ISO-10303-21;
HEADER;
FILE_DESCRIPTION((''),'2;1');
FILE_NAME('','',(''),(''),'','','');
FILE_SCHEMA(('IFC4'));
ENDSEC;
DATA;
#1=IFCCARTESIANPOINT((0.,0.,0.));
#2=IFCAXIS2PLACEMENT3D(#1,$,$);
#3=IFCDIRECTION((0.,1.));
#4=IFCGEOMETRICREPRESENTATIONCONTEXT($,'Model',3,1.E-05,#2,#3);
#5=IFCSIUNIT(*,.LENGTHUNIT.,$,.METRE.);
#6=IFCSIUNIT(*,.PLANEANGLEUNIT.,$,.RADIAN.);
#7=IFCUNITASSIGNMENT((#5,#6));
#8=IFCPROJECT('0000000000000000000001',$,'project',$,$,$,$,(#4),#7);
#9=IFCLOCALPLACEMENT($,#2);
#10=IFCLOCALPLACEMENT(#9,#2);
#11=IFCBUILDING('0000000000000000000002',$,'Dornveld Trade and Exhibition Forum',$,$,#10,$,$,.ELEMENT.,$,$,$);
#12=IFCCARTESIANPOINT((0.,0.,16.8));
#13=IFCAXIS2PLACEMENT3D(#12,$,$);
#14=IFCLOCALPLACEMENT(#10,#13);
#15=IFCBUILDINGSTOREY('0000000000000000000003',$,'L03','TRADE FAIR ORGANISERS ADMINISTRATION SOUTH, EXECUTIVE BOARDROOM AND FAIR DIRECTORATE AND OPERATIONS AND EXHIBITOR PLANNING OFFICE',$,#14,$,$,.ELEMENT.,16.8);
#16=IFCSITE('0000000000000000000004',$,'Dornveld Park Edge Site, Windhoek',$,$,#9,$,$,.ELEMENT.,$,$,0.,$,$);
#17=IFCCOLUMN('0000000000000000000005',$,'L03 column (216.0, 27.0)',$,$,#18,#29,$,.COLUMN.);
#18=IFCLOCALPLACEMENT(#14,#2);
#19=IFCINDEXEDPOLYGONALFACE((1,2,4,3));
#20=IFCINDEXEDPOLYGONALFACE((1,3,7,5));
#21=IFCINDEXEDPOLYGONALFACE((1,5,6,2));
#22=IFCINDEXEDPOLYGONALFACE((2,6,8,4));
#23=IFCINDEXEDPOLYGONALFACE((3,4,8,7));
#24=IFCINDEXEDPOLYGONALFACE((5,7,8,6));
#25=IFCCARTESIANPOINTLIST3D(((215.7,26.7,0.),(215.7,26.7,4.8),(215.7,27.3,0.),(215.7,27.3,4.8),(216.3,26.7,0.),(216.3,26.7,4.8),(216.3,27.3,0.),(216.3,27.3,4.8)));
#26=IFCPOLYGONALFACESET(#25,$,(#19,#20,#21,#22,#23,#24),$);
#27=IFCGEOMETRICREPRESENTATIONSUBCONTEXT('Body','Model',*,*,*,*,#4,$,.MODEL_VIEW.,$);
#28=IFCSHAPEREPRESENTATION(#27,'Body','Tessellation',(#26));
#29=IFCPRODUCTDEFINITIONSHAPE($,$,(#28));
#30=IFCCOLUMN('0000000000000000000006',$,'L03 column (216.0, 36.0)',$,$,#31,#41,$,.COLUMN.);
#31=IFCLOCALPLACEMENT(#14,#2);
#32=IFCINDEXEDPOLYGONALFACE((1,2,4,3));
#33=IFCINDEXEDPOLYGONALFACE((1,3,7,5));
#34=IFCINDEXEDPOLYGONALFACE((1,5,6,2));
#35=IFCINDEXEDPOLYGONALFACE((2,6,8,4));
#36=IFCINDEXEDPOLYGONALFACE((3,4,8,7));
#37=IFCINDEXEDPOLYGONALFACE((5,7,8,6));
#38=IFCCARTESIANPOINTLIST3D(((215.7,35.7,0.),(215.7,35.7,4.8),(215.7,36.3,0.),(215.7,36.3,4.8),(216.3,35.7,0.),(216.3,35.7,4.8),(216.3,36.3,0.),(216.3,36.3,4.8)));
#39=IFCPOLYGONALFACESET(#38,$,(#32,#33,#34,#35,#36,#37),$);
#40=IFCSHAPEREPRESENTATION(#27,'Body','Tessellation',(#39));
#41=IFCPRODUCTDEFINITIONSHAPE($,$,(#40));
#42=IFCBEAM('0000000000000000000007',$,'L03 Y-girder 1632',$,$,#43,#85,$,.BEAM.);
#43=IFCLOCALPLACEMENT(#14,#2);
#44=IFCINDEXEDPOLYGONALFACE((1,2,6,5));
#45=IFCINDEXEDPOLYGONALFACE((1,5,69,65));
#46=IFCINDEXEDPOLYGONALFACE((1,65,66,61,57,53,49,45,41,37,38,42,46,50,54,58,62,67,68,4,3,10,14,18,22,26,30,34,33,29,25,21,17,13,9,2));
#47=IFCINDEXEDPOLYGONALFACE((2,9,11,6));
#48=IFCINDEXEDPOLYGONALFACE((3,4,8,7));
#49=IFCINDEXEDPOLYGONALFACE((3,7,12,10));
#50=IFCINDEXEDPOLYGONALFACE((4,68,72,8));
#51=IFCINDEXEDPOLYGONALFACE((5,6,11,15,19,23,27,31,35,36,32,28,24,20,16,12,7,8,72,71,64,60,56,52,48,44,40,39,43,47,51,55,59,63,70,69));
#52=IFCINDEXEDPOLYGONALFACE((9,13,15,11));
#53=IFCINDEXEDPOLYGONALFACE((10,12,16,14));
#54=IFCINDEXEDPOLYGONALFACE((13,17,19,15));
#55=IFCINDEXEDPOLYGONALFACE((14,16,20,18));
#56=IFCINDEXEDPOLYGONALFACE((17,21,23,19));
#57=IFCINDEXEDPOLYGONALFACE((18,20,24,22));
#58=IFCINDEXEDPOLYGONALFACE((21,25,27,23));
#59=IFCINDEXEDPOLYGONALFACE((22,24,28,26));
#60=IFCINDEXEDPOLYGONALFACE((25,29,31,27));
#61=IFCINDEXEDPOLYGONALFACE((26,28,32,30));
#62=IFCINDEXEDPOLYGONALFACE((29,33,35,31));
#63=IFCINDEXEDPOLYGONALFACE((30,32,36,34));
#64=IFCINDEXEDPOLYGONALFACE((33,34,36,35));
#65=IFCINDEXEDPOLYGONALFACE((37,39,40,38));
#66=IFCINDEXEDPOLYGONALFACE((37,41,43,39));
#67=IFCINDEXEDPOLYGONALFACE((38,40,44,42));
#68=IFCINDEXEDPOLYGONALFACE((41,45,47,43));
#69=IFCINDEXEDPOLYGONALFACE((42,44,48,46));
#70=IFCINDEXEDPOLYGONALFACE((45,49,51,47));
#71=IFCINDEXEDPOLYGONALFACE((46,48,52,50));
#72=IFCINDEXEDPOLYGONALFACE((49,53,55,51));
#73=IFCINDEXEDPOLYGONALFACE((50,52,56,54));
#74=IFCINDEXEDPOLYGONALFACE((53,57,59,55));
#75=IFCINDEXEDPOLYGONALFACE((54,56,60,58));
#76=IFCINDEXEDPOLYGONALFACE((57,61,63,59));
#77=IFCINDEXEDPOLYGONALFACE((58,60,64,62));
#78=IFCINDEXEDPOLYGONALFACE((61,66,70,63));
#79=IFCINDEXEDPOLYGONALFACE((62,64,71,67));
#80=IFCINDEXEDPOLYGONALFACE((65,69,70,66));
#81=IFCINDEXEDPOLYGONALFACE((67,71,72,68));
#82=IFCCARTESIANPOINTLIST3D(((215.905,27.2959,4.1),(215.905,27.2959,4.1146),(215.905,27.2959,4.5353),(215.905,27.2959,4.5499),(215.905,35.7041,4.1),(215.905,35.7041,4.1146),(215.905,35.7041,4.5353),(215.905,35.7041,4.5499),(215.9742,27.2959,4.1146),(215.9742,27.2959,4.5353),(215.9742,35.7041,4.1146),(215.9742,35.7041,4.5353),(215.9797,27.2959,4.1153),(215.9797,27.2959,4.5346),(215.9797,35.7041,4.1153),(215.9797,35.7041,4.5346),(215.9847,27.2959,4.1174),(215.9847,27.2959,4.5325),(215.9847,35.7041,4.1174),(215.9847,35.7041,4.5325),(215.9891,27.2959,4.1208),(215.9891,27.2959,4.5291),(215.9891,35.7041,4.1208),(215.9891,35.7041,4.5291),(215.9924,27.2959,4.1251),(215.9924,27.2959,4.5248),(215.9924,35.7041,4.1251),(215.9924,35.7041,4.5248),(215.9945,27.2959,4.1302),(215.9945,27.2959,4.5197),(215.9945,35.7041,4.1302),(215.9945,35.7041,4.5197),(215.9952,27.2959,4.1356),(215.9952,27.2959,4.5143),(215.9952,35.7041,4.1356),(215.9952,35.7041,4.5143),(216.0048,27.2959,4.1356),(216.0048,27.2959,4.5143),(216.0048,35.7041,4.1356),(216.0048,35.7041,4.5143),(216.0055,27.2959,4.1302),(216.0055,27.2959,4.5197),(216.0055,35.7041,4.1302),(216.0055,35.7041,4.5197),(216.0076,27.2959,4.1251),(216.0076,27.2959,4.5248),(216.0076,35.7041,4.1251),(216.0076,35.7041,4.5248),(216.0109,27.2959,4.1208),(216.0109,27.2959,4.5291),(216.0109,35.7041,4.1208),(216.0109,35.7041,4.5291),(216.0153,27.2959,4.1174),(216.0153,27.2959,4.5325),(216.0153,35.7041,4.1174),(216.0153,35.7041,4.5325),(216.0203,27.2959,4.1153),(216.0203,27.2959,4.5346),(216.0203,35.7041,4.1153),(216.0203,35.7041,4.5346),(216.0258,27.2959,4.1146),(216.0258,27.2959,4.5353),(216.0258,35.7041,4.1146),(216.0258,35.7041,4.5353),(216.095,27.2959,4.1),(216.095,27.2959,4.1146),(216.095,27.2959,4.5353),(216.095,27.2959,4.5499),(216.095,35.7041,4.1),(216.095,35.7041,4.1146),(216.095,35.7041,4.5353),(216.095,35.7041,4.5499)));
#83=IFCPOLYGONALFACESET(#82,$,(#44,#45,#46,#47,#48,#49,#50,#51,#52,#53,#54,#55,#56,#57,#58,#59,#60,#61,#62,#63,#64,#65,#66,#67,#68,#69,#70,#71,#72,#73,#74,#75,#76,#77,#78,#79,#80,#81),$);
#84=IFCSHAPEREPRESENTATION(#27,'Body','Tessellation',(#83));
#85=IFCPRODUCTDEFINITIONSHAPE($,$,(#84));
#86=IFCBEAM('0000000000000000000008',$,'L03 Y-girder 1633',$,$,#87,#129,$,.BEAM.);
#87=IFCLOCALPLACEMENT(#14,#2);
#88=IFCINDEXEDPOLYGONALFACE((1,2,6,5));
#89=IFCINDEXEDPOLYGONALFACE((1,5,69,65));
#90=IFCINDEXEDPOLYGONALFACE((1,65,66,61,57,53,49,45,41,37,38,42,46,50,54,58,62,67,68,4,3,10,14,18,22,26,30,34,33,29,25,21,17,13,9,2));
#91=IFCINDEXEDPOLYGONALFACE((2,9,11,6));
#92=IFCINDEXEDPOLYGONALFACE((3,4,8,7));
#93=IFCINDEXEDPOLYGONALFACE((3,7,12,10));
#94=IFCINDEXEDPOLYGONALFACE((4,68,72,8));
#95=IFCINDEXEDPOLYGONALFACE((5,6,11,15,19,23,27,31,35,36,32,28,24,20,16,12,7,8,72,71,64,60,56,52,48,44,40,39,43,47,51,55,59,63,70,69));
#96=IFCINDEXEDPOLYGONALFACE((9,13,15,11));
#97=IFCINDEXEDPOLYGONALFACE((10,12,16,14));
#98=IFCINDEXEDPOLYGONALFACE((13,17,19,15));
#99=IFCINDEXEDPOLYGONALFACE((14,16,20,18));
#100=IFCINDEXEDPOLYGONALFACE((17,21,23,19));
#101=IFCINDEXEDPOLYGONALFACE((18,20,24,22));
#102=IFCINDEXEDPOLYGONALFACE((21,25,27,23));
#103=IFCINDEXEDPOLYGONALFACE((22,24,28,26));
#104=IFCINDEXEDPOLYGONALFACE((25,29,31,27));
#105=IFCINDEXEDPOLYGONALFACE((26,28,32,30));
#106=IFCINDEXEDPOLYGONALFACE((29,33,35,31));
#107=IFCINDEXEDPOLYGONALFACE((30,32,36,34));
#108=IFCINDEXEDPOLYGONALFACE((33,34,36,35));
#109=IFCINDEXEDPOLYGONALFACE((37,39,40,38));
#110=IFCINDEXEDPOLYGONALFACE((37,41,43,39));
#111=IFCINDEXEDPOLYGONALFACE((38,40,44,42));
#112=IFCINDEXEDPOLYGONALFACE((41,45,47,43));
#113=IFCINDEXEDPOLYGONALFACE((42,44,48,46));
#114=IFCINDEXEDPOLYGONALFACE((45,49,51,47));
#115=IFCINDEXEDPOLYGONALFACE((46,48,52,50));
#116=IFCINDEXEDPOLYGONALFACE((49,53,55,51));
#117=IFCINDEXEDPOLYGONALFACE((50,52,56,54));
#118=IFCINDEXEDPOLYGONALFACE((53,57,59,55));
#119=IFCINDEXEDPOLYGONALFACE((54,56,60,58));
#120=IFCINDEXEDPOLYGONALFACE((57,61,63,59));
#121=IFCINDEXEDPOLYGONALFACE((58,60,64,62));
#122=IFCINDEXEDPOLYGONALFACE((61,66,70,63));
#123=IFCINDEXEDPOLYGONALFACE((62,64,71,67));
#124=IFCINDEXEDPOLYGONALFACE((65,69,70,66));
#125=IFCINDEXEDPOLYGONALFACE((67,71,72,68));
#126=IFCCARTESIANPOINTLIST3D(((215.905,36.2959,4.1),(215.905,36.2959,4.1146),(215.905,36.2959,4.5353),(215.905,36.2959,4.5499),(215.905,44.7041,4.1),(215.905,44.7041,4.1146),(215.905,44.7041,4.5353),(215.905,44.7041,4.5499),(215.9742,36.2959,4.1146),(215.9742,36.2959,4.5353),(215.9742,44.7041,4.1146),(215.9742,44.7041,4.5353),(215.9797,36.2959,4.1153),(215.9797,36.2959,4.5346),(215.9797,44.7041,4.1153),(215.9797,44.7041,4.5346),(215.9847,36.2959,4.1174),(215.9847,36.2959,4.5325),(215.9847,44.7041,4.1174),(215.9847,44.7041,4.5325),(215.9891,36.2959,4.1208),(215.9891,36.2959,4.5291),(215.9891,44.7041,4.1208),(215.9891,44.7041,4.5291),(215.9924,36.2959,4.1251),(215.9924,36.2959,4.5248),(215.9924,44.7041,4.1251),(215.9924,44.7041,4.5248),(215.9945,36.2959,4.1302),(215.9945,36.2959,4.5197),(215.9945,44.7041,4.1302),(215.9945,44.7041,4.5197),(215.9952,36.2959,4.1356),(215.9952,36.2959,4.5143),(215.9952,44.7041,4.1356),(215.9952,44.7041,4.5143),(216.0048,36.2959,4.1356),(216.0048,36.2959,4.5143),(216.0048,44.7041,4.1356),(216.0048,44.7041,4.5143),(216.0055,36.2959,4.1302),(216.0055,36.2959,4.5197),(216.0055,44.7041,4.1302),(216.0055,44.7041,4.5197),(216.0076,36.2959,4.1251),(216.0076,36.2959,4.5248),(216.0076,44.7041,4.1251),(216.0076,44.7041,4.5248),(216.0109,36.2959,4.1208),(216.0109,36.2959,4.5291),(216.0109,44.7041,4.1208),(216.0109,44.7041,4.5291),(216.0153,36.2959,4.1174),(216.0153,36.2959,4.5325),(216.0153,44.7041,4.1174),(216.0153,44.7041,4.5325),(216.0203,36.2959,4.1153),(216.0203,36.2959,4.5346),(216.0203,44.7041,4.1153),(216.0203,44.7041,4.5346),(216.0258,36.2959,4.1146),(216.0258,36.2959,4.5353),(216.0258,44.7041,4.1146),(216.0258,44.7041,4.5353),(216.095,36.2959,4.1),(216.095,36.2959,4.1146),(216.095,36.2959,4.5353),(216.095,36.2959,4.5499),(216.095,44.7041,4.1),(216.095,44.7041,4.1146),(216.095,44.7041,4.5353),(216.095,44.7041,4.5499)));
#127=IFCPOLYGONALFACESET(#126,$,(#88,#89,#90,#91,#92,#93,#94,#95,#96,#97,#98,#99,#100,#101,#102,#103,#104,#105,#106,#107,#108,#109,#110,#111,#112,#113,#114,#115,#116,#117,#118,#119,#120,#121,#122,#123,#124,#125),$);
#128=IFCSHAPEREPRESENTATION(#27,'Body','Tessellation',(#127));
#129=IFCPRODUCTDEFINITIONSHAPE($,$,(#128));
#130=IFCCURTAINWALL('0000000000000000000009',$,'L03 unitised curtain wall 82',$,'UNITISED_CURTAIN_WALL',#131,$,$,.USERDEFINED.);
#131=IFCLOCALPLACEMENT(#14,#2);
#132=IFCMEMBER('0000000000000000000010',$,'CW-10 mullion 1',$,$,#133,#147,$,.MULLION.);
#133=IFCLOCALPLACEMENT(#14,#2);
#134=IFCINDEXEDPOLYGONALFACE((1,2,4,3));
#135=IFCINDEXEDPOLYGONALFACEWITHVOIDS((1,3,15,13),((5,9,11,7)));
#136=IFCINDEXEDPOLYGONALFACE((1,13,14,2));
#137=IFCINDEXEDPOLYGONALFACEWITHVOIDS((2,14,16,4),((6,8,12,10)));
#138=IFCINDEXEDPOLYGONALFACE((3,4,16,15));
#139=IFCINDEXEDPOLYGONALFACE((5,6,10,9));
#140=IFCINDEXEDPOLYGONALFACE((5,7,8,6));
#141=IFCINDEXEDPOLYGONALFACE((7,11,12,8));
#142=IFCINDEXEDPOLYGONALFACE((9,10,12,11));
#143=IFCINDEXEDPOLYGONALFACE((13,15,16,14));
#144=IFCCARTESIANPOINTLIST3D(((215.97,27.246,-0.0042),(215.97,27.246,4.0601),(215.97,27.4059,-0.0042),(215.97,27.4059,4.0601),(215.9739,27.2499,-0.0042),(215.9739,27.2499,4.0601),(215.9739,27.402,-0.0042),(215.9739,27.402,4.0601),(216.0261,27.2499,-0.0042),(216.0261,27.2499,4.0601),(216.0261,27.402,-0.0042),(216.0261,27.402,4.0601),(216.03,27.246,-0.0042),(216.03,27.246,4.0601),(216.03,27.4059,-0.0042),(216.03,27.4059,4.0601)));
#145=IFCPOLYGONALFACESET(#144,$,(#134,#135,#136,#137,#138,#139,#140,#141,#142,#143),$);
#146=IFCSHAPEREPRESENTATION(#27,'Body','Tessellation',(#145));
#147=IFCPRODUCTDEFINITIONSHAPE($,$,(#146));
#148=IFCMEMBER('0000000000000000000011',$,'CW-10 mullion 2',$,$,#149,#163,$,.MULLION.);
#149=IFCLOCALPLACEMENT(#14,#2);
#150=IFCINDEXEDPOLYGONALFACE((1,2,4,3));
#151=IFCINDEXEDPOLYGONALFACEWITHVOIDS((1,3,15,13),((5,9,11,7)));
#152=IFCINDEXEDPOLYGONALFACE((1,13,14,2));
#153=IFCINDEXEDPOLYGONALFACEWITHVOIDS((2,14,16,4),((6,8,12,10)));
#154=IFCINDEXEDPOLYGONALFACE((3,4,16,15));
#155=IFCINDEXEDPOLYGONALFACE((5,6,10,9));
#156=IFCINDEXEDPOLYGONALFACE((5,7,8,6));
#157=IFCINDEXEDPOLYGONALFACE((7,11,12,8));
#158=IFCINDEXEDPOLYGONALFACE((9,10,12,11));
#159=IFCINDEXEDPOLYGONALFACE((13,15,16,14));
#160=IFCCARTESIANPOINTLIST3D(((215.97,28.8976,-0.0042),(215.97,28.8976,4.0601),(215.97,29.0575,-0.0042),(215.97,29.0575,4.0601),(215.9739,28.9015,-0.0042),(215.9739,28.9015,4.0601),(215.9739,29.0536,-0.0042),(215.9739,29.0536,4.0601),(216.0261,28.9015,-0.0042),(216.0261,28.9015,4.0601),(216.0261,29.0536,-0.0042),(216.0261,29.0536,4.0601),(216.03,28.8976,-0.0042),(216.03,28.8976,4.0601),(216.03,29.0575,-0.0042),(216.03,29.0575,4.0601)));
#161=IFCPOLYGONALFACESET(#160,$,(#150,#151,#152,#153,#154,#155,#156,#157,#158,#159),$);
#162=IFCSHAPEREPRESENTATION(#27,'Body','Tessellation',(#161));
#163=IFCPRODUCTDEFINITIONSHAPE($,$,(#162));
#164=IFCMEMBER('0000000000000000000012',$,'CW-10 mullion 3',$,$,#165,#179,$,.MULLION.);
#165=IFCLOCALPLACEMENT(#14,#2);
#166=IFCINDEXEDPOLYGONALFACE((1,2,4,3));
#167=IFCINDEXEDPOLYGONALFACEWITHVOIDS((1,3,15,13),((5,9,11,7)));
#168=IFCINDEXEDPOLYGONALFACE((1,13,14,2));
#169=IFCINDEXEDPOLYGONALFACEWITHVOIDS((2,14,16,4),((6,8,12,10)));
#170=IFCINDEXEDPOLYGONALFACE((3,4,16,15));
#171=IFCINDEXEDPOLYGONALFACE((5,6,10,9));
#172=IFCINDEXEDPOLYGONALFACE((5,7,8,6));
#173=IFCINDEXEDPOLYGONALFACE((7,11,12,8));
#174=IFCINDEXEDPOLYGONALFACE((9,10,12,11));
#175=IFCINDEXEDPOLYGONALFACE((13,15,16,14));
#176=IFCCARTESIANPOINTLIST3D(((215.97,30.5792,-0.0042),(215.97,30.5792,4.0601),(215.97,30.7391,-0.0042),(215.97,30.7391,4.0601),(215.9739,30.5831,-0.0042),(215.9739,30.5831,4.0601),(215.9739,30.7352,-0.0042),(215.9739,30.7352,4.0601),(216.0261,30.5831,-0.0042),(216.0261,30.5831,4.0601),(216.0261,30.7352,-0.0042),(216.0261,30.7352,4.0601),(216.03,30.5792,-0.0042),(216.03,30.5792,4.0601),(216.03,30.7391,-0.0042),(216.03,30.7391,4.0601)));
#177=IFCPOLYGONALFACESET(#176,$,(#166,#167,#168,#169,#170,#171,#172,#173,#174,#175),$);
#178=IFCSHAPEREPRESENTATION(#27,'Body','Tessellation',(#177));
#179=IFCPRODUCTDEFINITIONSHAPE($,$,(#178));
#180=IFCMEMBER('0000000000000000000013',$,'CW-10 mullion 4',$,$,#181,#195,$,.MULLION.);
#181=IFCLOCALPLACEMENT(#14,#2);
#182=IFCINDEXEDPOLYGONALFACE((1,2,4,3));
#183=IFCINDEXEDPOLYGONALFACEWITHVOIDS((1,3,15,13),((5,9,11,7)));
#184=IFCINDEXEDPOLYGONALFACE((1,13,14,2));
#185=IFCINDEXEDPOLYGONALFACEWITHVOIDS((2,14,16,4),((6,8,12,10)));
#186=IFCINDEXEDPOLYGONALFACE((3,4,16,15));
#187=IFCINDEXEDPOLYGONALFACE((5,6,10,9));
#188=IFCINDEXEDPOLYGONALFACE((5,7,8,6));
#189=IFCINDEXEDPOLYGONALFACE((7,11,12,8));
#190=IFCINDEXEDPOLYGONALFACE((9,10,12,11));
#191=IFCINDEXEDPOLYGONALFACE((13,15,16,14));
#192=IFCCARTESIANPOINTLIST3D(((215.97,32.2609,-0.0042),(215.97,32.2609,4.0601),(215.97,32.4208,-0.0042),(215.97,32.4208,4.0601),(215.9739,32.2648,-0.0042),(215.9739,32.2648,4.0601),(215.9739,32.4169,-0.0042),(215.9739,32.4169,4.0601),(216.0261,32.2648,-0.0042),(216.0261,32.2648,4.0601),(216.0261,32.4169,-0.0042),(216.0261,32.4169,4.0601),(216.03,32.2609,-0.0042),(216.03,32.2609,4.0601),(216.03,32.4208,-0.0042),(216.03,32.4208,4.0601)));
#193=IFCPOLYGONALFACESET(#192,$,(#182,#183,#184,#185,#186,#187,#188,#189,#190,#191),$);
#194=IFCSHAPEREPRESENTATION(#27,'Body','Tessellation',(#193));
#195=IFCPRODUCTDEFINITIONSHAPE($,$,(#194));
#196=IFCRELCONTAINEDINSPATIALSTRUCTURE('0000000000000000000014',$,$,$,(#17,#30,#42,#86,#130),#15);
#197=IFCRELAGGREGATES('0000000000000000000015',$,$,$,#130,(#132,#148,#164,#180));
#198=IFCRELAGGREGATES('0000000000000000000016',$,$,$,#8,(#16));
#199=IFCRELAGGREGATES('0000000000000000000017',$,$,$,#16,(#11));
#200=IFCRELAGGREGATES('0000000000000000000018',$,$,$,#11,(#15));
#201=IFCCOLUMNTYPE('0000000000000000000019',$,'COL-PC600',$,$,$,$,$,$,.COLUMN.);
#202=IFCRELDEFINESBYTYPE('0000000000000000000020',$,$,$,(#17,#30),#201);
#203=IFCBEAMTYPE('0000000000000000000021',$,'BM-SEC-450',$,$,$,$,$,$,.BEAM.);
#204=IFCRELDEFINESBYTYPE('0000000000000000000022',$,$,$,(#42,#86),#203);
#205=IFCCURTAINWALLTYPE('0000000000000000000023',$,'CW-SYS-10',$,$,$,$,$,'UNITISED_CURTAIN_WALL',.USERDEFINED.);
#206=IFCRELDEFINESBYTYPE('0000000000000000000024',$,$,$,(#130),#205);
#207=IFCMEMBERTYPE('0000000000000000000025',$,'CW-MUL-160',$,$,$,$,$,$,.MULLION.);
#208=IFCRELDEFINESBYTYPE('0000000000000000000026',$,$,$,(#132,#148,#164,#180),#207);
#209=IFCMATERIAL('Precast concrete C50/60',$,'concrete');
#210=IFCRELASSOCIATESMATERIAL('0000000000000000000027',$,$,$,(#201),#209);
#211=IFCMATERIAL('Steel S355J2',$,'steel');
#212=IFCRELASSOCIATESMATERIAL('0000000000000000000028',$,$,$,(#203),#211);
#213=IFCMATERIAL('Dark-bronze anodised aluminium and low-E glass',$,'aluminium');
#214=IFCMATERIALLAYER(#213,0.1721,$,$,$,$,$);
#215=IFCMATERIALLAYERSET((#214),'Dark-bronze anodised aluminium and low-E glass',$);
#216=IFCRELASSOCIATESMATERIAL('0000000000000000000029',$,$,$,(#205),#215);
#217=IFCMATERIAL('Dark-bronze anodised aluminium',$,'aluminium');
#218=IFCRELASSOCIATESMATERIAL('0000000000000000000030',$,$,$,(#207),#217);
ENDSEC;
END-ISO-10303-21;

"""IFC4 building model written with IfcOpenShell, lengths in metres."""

from ifc_helpers import new_model, si_unit, direction, frame, origin, origin_2d, place, context, subcontext, project, spatial, rectangle, hollow_rectangle, i_section, extrude, material, layer, layer_set, material_profile, profile_set, type_object, element, aggregate, save


model = new_model("IFC4")

# Units and contexts
model_context = context("Model", 3, precision=1e-05, world=origin(), true_north=direction((0.0, 1.0)))
body_context = subcontext(model_context, "Body", "Model", "MODEL_VIEW")
ifc_project = project(units=[si_unit("LENGTHUNIT", "METRE"), si_unit("PLANEANGLEUNIT", "RADIAN")], contexts=[model_context])

# Site, building, storey
site_placement = place(None, origin())
site = spatial("IfcSite", under=ifc_project, at=site_placement, Name="Dornveld Park Edge Site, Windhoek", CompositionType="ELEMENT", RefElevation=0.0)
building_placement = place(site_placement, origin())
building = spatial("IfcBuilding", under=site, at=building_placement, Name="Dornveld Trade and Exhibition Forum", CompositionType="ELEMENT")
storey_placement = place(building_placement, frame((0.0, 0.0, 16.8)))
storey = spatial("IfcBuildingStorey", under=building, at=storey_placement, Name="L03", Description="TRADE FAIR ORGANISERS ADMINISTRATION SOUTH, EXECUTIVE BOARDROOM AND FAIR DIRECTORATE AND OPERATIONS AND EXHIBITOR PLANNING OFFICE", CompositionType="ELEMENT", Elevation=16.8)

# Columns
ifc_material_1 = material(Name="Precast concrete C50/60", Category="concrete")
ifc_material_profile_1 = material_profile(ifc_material_1, rectangle(XDim=0.6001, YDim=0.6001, at=origin_2d()), Name="PC-COL 600x600")
ifc_profile_set_1 = profile_set([ifc_material_profile_1], Name="Precast concrete C50/60")
column_type = type_object("IfcColumnType", Name="COL-PC600", PredefinedType="COLUMN", material=ifc_profile_set_1)
for number, where, z_axis, x_axis, name in (
    (1, (216.0, 27.0, 0.0), (0.0, 0.0, 1.0), (1.0, 0.0, 0.0), "L03 column (216.0, 27.0)"),
    (2, (216.0, 36.0, 0.0), (0.0, 0.0, 1.0), (1.0, 0.0, 0.0), "L03 column (216.0, 36.0)"),
):
    element("IfcColumn", number, at=place(storey_placement, frame(where, z_axis=z_axis, x_axis=x_axis)), inside=storey, type_object=column_type, Name=name, PredefinedType="COLUMN", context=body_context, shape_type="SweptSolid", body=[
        extrude(rectangle(XDim=0.6001, YDim=0.6001, at=origin_2d()), origin(), (0.0, 0.0, 1.0), 4.8),
    ])

# Beams
ifc_material_2 = material(Name="Steel S355J2", Category="steel")
ifc_material_profile_2 = material_profile(ifc_material_2, i_section(OverallWidth=0.1899, OverallDepth=0.45, WebThickness=0.0095, FlangeThickness=0.0146, FilletRadius=0.021, at=origin_2d()), Name="IPE 450")
ifc_profile_set_2 = profile_set([ifc_material_profile_2], Name="Steel S355J2")
beam_type = type_object("IfcBeamType", Name="BM-SEC-450", PredefinedType="BEAM", material=ifc_profile_set_2)
for number, where, z_axis, x_axis, name in (
    (3, (216.0, 27.2959, 4.325), (0.0, 1.0, 0.0), (-1.0, 0.0, 0.0), "L03 Y-girder 1632"),
    (4, (216.0, 36.2959, 4.325), (0.0, 1.0, 0.0), (-1.0, 0.0, 0.0), "L03 Y-girder 1633"),
):
    element("IfcBeam", number, at=place(storey_placement, frame(where, z_axis=z_axis, x_axis=x_axis)), inside=storey, type_object=beam_type, Name=name, PredefinedType="BEAM", context=body_context, shape_type="SweptSolid", body=[
        extrude(i_section(OverallWidth=0.1899, OverallDepth=0.45, WebThickness=0.0095, FlangeThickness=0.0146, FilletRadius=0.021, at=origin_2d()), origin(), (0.0, 0.0, 1.0), 8.4082),
    ])

# Curtain wall, members
ifc_material_3 = material(Name="Dark-bronze anodised aluminium and low-E glass", Category="aluminium")
ifc_layer_1 = layer(ifc_material_3, 0.1721)
ifc_layer_set_1 = layer_set([ifc_layer_1], Name="Dark-bronze anodised aluminium and low-E glass")
curtain_wall_type = type_object("IfcCurtainWallType", Name="CW-SYS-10", ElementType="UNITISED_CURTAIN_WALL", PredefinedType="USERDEFINED", material=ifc_layer_set_1)
curtain_wall_placement = place(storey_placement, origin())
curtain_wall = element("IfcCurtainWall", 5, at=curtain_wall_placement, inside=storey, type_object=curtain_wall_type, Name="L03 unitised curtain wall 82", ObjectType="UNITISED_CURTAIN_WALL", PredefinedType="USERDEFINED")
ifc_material_4 = material(Name="Dark-bronze anodised aluminium", Category="aluminium")
ifc_material_profile_3 = material_profile(ifc_material_4, hollow_rectangle(XDim=0.0601, YDim=0.1599, WallThickness=0.0039, at=origin_2d()), Name="RHS 160x60x4")
ifc_profile_set_3 = profile_set([ifc_material_profile_3], Name="Dark-bronze anodised aluminium")
member_type_1 = type_object("IfcMemberType", Name="CW-MUL-160", PredefinedType="MULLION", material=ifc_profile_set_3)
member_1_placement = place(storey_placement, frame((216.0, 27.3259, -0.0042), z_axis=(0.0, 0.0, 1.0), x_axis=(-1.0, 0.0, 0.0)))
member_1 = element("IfcMember", 6, at=member_1_placement, type_object=member_type_1, Name="CW-10 mullion 1", PredefinedType="MULLION", context=body_context, shape_type="SweptSolid", body=[
    extrude(hollow_rectangle(XDim=0.0601, YDim=0.1599, WallThickness=0.0039, at=origin_2d()), origin(), (0.0, 0.0, 1.0), 4.0642),
])
member_2_placement = place(storey_placement, frame((216.0, 28.9775, -0.0042), z_axis=(0.0, 0.0, 1.0), x_axis=(-1.0, 0.0, 0.0)))
member_2 = element("IfcMember", 7, at=member_2_placement, type_object=member_type_1, Name="CW-10 mullion 2", PredefinedType="MULLION", context=body_context, shape_type="SweptSolid", body=[
    extrude(hollow_rectangle(XDim=0.0601, YDim=0.1599, WallThickness=0.0039, at=origin_2d()), origin(), (0.0, 0.0, 1.0), 4.0642),
])
member_3_placement = place(storey_placement, frame((216.0, 30.6592, -0.0042), z_axis=(0.0, 0.0, 1.0), x_axis=(-1.0, 0.0, 0.0)))
member_3 = element("IfcMember", 8, at=member_3_placement, type_object=member_type_1, Name="CW-10 mullion 3", PredefinedType="MULLION", context=body_context, shape_type="SweptSolid", body=[
    extrude(hollow_rectangle(XDim=0.0601, YDim=0.1599, WallThickness=0.0039, at=origin_2d()), origin(), (0.0, 0.0, 1.0), 4.0642),
])
member_4_placement = place(storey_placement, frame((216.0, 32.3408, -0.0042), z_axis=(0.0, 0.0, 1.0), x_axis=(-1.0, 0.0, 0.0)))
member_4 = element("IfcMember", 9, at=member_4_placement, type_object=member_type_1, Name="CW-10 mullion 4", PredefinedType="MULLION", context=body_context, shape_type="SweptSolid", body=[
    extrude(hollow_rectangle(XDim=0.0601, YDim=0.1599, WallThickness=0.0039, at=origin_2d()), origin(), (0.0, 0.0, 1.0), 4.0642),
])
aggregate(curtain_wall, [member_1, member_2, member_3, member_4])

save(model, "model.ifc")
